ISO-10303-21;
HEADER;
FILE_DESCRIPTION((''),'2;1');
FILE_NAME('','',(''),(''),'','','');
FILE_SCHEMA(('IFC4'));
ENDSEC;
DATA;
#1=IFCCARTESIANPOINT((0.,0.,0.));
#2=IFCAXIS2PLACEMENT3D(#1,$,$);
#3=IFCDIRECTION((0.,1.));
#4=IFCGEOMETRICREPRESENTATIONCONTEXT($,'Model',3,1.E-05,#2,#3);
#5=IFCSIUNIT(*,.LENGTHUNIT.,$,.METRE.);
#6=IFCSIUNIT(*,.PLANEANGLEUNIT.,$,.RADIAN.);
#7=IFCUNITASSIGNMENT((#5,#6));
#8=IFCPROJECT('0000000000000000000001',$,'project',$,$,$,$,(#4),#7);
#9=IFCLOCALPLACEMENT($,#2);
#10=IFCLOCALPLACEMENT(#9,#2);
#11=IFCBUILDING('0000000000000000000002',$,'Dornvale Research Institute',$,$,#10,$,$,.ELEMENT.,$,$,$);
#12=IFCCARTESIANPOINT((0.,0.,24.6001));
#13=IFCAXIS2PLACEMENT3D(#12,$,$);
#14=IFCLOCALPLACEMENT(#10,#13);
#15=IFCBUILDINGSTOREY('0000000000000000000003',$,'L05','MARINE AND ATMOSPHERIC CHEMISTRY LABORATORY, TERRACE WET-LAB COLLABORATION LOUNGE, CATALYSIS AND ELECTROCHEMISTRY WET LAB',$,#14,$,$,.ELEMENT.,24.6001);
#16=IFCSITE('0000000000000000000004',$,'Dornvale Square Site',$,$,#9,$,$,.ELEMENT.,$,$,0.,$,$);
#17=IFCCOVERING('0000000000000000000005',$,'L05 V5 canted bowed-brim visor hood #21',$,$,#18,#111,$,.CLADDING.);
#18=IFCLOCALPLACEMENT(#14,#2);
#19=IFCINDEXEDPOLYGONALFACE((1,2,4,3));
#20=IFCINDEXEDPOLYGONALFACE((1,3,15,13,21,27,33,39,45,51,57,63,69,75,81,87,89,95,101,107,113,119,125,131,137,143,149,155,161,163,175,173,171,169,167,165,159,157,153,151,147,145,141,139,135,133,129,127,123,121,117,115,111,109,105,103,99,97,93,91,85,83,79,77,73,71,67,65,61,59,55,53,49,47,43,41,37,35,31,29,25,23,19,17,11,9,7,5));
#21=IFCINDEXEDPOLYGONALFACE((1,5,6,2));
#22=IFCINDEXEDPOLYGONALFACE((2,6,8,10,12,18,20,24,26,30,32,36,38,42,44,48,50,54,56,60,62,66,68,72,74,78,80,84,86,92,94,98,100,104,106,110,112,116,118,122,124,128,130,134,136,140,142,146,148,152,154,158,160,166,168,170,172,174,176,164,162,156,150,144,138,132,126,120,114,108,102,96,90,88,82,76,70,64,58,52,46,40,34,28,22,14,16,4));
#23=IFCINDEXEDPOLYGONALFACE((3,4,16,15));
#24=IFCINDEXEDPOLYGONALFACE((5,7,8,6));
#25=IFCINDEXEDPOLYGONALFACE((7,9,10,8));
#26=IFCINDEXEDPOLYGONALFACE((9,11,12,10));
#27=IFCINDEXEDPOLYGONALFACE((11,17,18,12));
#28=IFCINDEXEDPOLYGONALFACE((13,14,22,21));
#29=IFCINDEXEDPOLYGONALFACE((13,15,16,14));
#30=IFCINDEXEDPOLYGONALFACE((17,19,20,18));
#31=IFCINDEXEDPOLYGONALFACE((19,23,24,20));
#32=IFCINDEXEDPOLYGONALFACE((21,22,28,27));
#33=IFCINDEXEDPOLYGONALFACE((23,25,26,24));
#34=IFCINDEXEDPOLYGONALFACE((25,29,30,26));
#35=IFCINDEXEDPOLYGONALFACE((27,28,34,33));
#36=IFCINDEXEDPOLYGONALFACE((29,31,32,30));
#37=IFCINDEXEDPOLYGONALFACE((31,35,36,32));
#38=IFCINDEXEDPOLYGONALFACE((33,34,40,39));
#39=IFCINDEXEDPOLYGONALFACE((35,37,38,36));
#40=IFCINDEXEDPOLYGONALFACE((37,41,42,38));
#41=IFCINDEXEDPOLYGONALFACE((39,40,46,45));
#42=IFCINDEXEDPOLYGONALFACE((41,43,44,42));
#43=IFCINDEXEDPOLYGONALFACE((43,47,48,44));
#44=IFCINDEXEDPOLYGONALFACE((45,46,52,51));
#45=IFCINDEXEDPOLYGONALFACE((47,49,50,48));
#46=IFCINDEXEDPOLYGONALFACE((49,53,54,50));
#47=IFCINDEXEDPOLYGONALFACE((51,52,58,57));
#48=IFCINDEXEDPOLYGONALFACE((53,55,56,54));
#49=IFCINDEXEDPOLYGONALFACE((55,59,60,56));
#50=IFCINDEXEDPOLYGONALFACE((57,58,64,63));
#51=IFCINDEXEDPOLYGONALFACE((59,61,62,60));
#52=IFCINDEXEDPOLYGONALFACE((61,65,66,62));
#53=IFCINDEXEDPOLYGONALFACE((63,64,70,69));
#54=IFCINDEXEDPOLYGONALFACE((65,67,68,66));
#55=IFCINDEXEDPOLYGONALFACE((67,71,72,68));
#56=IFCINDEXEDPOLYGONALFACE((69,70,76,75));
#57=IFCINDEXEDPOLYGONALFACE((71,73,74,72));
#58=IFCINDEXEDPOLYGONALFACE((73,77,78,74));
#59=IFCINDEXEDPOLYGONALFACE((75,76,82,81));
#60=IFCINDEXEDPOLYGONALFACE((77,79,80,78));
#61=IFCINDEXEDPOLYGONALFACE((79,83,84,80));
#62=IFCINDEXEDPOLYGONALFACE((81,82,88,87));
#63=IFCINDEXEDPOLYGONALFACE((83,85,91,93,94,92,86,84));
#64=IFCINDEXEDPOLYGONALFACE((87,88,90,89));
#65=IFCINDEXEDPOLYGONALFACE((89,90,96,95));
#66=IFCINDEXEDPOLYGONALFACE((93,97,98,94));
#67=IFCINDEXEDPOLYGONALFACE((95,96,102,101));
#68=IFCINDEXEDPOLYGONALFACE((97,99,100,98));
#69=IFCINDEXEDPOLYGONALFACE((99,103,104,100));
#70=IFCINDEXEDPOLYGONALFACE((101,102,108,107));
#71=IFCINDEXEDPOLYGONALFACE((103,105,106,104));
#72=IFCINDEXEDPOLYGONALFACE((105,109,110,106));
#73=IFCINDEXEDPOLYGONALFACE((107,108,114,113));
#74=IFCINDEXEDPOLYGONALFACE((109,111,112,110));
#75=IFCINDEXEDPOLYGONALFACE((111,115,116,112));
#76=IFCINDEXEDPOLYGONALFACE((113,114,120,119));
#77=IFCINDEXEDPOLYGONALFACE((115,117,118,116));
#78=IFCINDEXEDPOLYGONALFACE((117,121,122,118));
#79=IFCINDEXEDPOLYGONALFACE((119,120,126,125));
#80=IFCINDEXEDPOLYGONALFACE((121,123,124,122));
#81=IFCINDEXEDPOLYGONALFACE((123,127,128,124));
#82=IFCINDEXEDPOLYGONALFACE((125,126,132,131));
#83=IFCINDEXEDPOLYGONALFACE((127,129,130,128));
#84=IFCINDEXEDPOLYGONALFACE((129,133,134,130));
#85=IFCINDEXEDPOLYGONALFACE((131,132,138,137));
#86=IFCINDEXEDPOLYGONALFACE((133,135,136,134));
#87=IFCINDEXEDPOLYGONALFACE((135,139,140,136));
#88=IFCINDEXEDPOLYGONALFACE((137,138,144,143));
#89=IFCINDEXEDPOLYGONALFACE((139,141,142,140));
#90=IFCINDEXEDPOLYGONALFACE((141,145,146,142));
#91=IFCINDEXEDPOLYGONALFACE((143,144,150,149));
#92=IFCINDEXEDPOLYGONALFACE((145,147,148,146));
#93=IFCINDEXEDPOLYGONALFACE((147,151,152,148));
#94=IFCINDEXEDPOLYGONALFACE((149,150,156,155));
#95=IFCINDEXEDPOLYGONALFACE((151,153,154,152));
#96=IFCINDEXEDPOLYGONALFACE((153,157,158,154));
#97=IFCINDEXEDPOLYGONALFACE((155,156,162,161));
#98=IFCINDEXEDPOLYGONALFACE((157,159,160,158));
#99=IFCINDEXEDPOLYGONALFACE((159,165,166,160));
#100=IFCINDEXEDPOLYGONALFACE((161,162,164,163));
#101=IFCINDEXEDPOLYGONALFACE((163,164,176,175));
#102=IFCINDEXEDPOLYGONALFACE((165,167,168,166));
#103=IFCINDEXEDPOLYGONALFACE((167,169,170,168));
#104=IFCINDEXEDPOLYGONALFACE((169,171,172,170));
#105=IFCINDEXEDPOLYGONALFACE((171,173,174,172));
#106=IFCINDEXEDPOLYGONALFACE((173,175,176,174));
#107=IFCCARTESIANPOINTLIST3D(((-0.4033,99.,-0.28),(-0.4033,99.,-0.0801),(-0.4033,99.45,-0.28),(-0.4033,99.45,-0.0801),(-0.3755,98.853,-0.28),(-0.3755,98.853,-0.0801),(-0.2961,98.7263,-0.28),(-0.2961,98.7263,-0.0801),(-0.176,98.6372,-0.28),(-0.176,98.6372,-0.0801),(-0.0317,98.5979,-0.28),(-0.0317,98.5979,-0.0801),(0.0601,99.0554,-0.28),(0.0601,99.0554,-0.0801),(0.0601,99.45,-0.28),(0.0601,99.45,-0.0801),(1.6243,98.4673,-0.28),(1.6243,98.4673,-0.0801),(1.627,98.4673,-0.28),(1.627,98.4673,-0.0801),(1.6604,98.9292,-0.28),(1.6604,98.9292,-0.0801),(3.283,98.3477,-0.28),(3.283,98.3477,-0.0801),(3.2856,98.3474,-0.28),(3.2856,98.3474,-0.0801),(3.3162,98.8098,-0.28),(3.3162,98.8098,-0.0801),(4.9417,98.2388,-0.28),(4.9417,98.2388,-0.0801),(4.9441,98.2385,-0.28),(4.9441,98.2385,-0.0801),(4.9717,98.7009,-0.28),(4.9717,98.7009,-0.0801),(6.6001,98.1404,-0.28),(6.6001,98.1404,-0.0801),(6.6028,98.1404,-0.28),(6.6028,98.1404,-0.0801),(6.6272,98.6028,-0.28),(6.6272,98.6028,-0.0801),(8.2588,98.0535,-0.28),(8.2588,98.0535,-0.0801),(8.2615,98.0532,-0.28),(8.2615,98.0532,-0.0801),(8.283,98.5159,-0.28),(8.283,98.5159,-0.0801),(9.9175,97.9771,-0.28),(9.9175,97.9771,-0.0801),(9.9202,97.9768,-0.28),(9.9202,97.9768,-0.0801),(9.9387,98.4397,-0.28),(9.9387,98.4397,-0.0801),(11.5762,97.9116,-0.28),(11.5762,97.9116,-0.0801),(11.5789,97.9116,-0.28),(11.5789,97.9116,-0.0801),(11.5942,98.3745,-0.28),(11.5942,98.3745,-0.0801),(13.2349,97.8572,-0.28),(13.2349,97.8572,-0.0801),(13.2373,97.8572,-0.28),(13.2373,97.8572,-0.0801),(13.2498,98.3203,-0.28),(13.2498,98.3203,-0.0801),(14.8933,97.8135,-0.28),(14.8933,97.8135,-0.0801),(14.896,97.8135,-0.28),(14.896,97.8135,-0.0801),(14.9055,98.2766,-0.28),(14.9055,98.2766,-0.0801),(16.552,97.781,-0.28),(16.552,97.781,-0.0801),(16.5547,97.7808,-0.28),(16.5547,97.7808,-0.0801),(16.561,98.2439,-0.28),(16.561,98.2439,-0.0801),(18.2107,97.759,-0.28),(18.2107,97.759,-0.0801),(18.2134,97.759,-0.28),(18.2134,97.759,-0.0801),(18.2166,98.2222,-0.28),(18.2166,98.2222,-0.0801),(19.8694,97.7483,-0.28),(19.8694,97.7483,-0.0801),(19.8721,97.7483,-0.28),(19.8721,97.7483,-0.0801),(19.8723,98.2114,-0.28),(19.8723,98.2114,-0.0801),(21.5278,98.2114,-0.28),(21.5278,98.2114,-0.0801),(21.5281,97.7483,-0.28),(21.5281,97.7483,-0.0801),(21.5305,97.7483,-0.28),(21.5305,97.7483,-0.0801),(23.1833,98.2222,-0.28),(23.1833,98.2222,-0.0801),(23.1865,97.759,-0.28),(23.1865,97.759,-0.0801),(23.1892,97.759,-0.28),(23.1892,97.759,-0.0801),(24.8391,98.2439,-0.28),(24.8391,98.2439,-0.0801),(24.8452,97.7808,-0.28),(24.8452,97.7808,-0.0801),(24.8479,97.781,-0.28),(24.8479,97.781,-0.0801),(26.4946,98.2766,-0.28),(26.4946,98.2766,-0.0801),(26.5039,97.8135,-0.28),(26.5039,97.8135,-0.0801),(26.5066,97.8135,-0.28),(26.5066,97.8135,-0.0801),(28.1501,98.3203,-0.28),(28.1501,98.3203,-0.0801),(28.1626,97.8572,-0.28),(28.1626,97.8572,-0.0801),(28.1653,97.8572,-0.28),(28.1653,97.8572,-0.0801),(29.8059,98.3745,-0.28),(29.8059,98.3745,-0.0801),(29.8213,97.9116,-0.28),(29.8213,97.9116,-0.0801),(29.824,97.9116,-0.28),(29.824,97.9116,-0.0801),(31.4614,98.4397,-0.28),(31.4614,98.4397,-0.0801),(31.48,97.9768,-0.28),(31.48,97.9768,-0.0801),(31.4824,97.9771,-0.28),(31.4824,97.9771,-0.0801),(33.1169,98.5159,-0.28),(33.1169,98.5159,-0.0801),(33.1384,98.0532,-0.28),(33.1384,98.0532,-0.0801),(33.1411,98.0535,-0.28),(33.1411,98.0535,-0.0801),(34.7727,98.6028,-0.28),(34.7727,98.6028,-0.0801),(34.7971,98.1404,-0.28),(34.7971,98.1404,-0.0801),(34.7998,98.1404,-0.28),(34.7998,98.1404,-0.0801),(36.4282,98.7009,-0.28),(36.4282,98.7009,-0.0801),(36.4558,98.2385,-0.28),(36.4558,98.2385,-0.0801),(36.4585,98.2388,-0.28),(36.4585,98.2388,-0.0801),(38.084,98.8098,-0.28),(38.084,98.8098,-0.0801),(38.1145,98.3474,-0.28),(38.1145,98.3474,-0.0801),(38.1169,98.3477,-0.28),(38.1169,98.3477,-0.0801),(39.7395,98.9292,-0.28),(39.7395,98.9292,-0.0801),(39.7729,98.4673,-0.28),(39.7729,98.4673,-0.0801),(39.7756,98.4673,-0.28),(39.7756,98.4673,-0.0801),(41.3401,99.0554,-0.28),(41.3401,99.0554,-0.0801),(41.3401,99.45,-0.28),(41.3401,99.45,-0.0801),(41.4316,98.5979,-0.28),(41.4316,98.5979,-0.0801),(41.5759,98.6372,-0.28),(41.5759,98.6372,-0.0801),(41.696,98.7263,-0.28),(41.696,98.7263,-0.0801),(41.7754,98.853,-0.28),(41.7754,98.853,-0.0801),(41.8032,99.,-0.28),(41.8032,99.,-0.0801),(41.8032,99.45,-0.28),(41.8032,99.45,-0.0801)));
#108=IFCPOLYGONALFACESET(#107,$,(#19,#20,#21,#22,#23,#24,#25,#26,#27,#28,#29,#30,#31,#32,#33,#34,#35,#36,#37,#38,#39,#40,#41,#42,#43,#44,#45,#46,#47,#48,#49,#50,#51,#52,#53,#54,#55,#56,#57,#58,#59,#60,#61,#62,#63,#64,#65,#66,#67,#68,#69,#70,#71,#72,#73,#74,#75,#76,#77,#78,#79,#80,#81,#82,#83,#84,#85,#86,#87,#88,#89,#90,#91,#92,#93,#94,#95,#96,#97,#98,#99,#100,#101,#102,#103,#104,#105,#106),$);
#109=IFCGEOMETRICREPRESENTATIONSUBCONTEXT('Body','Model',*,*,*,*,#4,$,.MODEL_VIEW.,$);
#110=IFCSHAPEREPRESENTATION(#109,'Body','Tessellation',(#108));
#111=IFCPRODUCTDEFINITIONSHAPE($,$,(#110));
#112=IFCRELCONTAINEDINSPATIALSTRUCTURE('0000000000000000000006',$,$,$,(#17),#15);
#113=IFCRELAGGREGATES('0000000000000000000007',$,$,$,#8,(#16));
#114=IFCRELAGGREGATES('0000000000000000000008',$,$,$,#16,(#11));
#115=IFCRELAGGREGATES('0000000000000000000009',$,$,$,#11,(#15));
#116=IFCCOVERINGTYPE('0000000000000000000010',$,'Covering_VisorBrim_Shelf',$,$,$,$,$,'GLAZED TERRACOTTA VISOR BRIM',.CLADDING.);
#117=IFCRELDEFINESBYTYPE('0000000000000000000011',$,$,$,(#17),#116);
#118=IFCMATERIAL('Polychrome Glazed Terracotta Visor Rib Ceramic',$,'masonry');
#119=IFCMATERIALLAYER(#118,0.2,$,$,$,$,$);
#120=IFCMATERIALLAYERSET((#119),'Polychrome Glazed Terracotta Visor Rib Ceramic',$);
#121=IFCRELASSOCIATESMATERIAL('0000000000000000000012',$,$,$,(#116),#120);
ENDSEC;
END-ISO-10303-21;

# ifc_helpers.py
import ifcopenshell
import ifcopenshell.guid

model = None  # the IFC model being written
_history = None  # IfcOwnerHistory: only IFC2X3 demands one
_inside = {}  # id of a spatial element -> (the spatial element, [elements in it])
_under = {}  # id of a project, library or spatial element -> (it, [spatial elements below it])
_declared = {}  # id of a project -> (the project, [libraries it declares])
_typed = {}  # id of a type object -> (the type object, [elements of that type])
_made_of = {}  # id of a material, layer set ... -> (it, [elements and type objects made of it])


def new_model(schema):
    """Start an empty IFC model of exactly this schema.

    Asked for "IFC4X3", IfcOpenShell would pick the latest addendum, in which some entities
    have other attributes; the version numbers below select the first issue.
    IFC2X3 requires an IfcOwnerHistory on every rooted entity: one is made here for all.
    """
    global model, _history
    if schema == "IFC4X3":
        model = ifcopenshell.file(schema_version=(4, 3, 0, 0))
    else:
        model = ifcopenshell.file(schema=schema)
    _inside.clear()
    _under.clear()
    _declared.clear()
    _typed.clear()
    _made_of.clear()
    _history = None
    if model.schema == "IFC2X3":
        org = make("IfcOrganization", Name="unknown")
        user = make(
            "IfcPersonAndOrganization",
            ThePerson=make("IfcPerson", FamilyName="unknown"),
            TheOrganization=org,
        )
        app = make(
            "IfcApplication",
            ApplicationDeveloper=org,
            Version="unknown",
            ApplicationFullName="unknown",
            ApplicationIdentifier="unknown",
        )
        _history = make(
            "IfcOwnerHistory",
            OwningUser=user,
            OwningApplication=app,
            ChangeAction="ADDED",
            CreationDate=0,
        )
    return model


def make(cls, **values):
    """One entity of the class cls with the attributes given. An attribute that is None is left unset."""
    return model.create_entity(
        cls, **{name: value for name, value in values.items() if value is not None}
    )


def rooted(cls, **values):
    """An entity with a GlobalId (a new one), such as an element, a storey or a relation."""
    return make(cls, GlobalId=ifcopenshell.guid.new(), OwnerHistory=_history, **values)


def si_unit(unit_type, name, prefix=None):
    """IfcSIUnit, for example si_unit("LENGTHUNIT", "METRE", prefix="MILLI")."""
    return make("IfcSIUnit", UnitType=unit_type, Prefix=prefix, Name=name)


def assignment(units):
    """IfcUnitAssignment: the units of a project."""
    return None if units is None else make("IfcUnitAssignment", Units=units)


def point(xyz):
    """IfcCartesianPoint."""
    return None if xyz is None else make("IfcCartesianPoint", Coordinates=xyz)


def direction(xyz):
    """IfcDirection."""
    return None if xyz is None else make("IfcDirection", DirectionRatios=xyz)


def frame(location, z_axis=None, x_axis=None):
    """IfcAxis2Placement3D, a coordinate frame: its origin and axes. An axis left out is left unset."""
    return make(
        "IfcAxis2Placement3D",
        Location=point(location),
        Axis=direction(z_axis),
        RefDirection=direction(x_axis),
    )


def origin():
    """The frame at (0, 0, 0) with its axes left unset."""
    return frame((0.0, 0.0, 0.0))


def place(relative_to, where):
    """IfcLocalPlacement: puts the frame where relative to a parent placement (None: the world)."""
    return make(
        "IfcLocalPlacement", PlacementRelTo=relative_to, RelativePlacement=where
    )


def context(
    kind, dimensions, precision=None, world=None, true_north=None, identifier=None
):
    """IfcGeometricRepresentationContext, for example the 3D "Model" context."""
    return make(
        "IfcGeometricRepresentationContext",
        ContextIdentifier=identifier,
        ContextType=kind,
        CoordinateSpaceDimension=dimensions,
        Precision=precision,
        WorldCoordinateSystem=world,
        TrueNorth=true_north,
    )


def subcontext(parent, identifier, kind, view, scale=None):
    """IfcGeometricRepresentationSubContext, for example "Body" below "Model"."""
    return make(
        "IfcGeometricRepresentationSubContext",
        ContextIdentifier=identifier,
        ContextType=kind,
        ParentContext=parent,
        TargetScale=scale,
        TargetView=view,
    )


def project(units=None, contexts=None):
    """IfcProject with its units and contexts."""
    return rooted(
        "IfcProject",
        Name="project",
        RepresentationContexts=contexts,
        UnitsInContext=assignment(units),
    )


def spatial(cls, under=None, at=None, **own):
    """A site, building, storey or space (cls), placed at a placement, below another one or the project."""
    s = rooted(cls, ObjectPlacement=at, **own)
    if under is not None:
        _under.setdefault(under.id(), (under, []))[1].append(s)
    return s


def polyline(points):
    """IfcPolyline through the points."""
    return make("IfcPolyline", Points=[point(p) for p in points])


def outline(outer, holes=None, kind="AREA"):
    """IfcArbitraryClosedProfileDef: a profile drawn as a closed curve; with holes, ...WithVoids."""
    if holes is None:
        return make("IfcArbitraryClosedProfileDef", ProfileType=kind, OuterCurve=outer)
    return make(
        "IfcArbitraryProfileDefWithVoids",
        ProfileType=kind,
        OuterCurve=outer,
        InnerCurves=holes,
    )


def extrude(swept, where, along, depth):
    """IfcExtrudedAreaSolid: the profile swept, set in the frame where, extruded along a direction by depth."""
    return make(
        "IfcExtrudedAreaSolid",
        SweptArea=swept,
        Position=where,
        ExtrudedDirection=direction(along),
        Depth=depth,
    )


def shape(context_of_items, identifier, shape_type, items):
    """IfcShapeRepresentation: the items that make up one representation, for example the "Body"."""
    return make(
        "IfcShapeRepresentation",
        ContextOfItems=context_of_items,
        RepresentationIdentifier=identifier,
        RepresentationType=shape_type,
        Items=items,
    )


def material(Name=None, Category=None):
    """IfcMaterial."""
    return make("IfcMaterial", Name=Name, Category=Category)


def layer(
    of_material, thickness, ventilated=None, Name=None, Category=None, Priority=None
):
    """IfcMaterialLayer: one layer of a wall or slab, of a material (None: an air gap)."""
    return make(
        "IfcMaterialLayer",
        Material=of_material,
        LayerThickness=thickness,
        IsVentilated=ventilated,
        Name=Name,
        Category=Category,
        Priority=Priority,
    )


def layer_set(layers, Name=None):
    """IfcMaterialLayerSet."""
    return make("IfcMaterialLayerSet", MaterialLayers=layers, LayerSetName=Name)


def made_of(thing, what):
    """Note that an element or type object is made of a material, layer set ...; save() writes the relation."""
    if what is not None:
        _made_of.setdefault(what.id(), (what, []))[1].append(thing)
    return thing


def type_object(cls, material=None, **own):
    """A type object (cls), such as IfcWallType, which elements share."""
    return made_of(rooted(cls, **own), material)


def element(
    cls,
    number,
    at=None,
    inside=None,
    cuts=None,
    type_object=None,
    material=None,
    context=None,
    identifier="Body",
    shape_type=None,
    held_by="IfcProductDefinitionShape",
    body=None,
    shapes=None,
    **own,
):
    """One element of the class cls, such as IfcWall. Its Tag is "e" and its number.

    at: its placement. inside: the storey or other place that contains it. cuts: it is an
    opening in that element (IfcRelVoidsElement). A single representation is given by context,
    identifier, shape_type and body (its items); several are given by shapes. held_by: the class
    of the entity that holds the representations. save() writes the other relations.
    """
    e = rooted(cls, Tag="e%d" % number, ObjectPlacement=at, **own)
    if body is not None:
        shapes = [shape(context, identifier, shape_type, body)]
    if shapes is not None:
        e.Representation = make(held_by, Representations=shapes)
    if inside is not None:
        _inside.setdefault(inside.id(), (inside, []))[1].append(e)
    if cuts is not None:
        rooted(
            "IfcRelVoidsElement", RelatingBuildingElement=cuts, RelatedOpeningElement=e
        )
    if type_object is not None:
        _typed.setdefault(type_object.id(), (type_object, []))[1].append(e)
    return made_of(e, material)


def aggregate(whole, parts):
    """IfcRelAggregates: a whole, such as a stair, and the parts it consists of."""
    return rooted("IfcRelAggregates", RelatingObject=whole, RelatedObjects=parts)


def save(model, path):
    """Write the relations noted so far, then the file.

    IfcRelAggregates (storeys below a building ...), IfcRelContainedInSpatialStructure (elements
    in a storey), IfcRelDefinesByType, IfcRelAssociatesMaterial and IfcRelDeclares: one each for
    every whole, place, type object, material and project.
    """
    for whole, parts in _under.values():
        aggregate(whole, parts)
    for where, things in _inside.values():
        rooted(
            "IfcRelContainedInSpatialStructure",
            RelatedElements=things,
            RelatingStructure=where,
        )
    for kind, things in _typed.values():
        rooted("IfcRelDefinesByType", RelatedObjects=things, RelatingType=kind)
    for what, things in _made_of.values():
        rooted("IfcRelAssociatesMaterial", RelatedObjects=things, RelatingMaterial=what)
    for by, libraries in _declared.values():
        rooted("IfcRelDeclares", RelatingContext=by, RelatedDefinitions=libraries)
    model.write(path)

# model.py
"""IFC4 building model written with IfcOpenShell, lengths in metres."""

from ifc_helpers import new_model, si_unit, direction, frame, origin, place, context, subcontext, project, spatial, polyline, outline, extrude, material, layer, layer_set, type_object, element, save


model = new_model("IFC4")

# Units and contexts
model_context = context("Model", 3, precision=1e-05, world=origin(), true_north=direction((0.0, 1.0)))
body_context = subcontext(model_context, "Body", "Model", "MODEL_VIEW")
ifc_project = project(units=[si_unit("LENGTHUNIT", "METRE"), si_unit("PLANEANGLEUNIT", "RADIAN")], contexts=[model_context])

# Site, building, storey
site_placement = place(None, origin())
site = spatial("IfcSite", under=ifc_project, at=site_placement, Name="Dornvale Square Site", CompositionType="ELEMENT", RefElevation=0.0)
building_placement = place(site_placement, origin())
building = spatial("IfcBuilding", under=site, at=building_placement, Name="Dornvale Research Institute", CompositionType="ELEMENT")
storey_placement = place(building_placement, frame((0.0, 0.0, 24.6001)))
storey = spatial("IfcBuildingStorey", under=building, at=storey_placement, Name="L05", Description="MARINE AND ATMOSPHERIC CHEMISTRY LABORATORY, TERRACE WET-LAB COLLABORATION LOUNGE, CATALYSIS AND ELECTROCHEMISTRY WET LAB", CompositionType="ELEMENT", Elevation=24.6001)

# Covering
ifc_material_1 = material(Name="Polychrome Glazed Terracotta Visor Rib Ceramic", Category="masonry")
ifc_layer_1 = layer(ifc_material_1, 0.2)
ifc_layer_set_1 = layer_set([ifc_layer_1], Name="Polychrome Glazed Terracotta Visor Rib Ceramic")
covering_type_1 = type_object("IfcCoveringType", Name="Covering_VisorBrim_Shelf", ElementType="GLAZED TERRACOTTA VISOR BRIM", PredefinedType="CLADDING", material=ifc_layer_set_1)
covering_1_placement = place(storey_placement, frame((0.0, 0.0, -0.28)))
element("IfcCovering", 1, at=covering_1_placement, inside=storey, type_object=covering_type_1, Name="L05 V5 canted bowed-brim visor hood #21", PredefinedType="CLADDING", context=body_context, shape_type="SweptSolid", body=[
    extrude(outline(polyline([(41.8032, 99.0), (41.7754, 98.853), (41.696, 98.7263), (41.5759, 98.6372), (41.4316, 98.5979), (39.7756, 98.4673), (39.7729, 98.4673), (38.1169, 98.3477), (38.1145, 98.3474), (36.4585, 98.2388), (36.4558, 98.2385), (34.7998, 98.1404), (34.7971, 98.1404), (33.1411, 98.0535), (33.1384, 98.0532), (31.4824, 97.9771), (31.48, 97.9768), (29.824, 97.9116), (29.8213, 97.9116), (28.1653, 97.8572), (28.1626, 97.8572), (26.5066, 97.8135), (26.5039, 97.8135), (24.8479, 97.781), (24.8452, 97.7808), (23.1892, 97.759), (23.1865, 97.759), (21.5305, 97.7483), (21.5281, 97.7483), (19.8721, 97.7483), (19.8694, 97.7483), (18.2134, 97.759), (18.2107, 97.759), (16.5547, 97.7808), (16.552, 97.781), (14.896, 97.8135), (14.8933, 97.8135), (13.2373, 97.8572), (13.2349, 97.8572), (11.5789, 97.9116), (11.5762, 97.9116), (9.9202, 97.9768), (9.9175, 97.9771), (8.2615, 98.0532), (8.2588, 98.0535), (6.6028, 98.1404), (6.6001, 98.1404), (4.9441, 98.2385), (4.9417, 98.2388), (3.2856, 98.3474), (3.283, 98.3477), (1.627, 98.4673), (1.6243, 98.4673), (-0.0317, 98.5979), (-0.176, 98.6372), (-0.2961, 98.7263), (-0.3755, 98.853), (-0.4033, 99.0), (-0.4033, 99.45), (0.0601, 99.45), (0.0601, 99.0554), (1.6604, 98.9292), (3.3162, 98.8098), (4.9717, 98.7009), (6.6272, 98.6028), (8.283, 98.5159), (9.9387, 98.4397), (11.5942, 98.3745), (13.2498, 98.3203), (14.9055, 98.2766), (16.561, 98.2439), (18.2166, 98.2222), (19.8723, 98.2114), (21.5278, 98.2114), (23.1833, 98.2222), (24.8391, 98.2439), (26.4946, 98.2766), (28.1501, 98.3203), (29.8059, 98.3745), (31.4614, 98.4397), (33.1169, 98.5159), (34.7727, 98.6028), (36.4282, 98.7009), (38.084, 98.8098), (39.7395, 98.9292), (41.3401, 99.0554), (41.3401, 99.45), (41.8032, 99.45), (41.8032, 99.0)])), origin(), (0.0, 0.0, 1.0), 0.2),
])

save(model, "model.ifc")
